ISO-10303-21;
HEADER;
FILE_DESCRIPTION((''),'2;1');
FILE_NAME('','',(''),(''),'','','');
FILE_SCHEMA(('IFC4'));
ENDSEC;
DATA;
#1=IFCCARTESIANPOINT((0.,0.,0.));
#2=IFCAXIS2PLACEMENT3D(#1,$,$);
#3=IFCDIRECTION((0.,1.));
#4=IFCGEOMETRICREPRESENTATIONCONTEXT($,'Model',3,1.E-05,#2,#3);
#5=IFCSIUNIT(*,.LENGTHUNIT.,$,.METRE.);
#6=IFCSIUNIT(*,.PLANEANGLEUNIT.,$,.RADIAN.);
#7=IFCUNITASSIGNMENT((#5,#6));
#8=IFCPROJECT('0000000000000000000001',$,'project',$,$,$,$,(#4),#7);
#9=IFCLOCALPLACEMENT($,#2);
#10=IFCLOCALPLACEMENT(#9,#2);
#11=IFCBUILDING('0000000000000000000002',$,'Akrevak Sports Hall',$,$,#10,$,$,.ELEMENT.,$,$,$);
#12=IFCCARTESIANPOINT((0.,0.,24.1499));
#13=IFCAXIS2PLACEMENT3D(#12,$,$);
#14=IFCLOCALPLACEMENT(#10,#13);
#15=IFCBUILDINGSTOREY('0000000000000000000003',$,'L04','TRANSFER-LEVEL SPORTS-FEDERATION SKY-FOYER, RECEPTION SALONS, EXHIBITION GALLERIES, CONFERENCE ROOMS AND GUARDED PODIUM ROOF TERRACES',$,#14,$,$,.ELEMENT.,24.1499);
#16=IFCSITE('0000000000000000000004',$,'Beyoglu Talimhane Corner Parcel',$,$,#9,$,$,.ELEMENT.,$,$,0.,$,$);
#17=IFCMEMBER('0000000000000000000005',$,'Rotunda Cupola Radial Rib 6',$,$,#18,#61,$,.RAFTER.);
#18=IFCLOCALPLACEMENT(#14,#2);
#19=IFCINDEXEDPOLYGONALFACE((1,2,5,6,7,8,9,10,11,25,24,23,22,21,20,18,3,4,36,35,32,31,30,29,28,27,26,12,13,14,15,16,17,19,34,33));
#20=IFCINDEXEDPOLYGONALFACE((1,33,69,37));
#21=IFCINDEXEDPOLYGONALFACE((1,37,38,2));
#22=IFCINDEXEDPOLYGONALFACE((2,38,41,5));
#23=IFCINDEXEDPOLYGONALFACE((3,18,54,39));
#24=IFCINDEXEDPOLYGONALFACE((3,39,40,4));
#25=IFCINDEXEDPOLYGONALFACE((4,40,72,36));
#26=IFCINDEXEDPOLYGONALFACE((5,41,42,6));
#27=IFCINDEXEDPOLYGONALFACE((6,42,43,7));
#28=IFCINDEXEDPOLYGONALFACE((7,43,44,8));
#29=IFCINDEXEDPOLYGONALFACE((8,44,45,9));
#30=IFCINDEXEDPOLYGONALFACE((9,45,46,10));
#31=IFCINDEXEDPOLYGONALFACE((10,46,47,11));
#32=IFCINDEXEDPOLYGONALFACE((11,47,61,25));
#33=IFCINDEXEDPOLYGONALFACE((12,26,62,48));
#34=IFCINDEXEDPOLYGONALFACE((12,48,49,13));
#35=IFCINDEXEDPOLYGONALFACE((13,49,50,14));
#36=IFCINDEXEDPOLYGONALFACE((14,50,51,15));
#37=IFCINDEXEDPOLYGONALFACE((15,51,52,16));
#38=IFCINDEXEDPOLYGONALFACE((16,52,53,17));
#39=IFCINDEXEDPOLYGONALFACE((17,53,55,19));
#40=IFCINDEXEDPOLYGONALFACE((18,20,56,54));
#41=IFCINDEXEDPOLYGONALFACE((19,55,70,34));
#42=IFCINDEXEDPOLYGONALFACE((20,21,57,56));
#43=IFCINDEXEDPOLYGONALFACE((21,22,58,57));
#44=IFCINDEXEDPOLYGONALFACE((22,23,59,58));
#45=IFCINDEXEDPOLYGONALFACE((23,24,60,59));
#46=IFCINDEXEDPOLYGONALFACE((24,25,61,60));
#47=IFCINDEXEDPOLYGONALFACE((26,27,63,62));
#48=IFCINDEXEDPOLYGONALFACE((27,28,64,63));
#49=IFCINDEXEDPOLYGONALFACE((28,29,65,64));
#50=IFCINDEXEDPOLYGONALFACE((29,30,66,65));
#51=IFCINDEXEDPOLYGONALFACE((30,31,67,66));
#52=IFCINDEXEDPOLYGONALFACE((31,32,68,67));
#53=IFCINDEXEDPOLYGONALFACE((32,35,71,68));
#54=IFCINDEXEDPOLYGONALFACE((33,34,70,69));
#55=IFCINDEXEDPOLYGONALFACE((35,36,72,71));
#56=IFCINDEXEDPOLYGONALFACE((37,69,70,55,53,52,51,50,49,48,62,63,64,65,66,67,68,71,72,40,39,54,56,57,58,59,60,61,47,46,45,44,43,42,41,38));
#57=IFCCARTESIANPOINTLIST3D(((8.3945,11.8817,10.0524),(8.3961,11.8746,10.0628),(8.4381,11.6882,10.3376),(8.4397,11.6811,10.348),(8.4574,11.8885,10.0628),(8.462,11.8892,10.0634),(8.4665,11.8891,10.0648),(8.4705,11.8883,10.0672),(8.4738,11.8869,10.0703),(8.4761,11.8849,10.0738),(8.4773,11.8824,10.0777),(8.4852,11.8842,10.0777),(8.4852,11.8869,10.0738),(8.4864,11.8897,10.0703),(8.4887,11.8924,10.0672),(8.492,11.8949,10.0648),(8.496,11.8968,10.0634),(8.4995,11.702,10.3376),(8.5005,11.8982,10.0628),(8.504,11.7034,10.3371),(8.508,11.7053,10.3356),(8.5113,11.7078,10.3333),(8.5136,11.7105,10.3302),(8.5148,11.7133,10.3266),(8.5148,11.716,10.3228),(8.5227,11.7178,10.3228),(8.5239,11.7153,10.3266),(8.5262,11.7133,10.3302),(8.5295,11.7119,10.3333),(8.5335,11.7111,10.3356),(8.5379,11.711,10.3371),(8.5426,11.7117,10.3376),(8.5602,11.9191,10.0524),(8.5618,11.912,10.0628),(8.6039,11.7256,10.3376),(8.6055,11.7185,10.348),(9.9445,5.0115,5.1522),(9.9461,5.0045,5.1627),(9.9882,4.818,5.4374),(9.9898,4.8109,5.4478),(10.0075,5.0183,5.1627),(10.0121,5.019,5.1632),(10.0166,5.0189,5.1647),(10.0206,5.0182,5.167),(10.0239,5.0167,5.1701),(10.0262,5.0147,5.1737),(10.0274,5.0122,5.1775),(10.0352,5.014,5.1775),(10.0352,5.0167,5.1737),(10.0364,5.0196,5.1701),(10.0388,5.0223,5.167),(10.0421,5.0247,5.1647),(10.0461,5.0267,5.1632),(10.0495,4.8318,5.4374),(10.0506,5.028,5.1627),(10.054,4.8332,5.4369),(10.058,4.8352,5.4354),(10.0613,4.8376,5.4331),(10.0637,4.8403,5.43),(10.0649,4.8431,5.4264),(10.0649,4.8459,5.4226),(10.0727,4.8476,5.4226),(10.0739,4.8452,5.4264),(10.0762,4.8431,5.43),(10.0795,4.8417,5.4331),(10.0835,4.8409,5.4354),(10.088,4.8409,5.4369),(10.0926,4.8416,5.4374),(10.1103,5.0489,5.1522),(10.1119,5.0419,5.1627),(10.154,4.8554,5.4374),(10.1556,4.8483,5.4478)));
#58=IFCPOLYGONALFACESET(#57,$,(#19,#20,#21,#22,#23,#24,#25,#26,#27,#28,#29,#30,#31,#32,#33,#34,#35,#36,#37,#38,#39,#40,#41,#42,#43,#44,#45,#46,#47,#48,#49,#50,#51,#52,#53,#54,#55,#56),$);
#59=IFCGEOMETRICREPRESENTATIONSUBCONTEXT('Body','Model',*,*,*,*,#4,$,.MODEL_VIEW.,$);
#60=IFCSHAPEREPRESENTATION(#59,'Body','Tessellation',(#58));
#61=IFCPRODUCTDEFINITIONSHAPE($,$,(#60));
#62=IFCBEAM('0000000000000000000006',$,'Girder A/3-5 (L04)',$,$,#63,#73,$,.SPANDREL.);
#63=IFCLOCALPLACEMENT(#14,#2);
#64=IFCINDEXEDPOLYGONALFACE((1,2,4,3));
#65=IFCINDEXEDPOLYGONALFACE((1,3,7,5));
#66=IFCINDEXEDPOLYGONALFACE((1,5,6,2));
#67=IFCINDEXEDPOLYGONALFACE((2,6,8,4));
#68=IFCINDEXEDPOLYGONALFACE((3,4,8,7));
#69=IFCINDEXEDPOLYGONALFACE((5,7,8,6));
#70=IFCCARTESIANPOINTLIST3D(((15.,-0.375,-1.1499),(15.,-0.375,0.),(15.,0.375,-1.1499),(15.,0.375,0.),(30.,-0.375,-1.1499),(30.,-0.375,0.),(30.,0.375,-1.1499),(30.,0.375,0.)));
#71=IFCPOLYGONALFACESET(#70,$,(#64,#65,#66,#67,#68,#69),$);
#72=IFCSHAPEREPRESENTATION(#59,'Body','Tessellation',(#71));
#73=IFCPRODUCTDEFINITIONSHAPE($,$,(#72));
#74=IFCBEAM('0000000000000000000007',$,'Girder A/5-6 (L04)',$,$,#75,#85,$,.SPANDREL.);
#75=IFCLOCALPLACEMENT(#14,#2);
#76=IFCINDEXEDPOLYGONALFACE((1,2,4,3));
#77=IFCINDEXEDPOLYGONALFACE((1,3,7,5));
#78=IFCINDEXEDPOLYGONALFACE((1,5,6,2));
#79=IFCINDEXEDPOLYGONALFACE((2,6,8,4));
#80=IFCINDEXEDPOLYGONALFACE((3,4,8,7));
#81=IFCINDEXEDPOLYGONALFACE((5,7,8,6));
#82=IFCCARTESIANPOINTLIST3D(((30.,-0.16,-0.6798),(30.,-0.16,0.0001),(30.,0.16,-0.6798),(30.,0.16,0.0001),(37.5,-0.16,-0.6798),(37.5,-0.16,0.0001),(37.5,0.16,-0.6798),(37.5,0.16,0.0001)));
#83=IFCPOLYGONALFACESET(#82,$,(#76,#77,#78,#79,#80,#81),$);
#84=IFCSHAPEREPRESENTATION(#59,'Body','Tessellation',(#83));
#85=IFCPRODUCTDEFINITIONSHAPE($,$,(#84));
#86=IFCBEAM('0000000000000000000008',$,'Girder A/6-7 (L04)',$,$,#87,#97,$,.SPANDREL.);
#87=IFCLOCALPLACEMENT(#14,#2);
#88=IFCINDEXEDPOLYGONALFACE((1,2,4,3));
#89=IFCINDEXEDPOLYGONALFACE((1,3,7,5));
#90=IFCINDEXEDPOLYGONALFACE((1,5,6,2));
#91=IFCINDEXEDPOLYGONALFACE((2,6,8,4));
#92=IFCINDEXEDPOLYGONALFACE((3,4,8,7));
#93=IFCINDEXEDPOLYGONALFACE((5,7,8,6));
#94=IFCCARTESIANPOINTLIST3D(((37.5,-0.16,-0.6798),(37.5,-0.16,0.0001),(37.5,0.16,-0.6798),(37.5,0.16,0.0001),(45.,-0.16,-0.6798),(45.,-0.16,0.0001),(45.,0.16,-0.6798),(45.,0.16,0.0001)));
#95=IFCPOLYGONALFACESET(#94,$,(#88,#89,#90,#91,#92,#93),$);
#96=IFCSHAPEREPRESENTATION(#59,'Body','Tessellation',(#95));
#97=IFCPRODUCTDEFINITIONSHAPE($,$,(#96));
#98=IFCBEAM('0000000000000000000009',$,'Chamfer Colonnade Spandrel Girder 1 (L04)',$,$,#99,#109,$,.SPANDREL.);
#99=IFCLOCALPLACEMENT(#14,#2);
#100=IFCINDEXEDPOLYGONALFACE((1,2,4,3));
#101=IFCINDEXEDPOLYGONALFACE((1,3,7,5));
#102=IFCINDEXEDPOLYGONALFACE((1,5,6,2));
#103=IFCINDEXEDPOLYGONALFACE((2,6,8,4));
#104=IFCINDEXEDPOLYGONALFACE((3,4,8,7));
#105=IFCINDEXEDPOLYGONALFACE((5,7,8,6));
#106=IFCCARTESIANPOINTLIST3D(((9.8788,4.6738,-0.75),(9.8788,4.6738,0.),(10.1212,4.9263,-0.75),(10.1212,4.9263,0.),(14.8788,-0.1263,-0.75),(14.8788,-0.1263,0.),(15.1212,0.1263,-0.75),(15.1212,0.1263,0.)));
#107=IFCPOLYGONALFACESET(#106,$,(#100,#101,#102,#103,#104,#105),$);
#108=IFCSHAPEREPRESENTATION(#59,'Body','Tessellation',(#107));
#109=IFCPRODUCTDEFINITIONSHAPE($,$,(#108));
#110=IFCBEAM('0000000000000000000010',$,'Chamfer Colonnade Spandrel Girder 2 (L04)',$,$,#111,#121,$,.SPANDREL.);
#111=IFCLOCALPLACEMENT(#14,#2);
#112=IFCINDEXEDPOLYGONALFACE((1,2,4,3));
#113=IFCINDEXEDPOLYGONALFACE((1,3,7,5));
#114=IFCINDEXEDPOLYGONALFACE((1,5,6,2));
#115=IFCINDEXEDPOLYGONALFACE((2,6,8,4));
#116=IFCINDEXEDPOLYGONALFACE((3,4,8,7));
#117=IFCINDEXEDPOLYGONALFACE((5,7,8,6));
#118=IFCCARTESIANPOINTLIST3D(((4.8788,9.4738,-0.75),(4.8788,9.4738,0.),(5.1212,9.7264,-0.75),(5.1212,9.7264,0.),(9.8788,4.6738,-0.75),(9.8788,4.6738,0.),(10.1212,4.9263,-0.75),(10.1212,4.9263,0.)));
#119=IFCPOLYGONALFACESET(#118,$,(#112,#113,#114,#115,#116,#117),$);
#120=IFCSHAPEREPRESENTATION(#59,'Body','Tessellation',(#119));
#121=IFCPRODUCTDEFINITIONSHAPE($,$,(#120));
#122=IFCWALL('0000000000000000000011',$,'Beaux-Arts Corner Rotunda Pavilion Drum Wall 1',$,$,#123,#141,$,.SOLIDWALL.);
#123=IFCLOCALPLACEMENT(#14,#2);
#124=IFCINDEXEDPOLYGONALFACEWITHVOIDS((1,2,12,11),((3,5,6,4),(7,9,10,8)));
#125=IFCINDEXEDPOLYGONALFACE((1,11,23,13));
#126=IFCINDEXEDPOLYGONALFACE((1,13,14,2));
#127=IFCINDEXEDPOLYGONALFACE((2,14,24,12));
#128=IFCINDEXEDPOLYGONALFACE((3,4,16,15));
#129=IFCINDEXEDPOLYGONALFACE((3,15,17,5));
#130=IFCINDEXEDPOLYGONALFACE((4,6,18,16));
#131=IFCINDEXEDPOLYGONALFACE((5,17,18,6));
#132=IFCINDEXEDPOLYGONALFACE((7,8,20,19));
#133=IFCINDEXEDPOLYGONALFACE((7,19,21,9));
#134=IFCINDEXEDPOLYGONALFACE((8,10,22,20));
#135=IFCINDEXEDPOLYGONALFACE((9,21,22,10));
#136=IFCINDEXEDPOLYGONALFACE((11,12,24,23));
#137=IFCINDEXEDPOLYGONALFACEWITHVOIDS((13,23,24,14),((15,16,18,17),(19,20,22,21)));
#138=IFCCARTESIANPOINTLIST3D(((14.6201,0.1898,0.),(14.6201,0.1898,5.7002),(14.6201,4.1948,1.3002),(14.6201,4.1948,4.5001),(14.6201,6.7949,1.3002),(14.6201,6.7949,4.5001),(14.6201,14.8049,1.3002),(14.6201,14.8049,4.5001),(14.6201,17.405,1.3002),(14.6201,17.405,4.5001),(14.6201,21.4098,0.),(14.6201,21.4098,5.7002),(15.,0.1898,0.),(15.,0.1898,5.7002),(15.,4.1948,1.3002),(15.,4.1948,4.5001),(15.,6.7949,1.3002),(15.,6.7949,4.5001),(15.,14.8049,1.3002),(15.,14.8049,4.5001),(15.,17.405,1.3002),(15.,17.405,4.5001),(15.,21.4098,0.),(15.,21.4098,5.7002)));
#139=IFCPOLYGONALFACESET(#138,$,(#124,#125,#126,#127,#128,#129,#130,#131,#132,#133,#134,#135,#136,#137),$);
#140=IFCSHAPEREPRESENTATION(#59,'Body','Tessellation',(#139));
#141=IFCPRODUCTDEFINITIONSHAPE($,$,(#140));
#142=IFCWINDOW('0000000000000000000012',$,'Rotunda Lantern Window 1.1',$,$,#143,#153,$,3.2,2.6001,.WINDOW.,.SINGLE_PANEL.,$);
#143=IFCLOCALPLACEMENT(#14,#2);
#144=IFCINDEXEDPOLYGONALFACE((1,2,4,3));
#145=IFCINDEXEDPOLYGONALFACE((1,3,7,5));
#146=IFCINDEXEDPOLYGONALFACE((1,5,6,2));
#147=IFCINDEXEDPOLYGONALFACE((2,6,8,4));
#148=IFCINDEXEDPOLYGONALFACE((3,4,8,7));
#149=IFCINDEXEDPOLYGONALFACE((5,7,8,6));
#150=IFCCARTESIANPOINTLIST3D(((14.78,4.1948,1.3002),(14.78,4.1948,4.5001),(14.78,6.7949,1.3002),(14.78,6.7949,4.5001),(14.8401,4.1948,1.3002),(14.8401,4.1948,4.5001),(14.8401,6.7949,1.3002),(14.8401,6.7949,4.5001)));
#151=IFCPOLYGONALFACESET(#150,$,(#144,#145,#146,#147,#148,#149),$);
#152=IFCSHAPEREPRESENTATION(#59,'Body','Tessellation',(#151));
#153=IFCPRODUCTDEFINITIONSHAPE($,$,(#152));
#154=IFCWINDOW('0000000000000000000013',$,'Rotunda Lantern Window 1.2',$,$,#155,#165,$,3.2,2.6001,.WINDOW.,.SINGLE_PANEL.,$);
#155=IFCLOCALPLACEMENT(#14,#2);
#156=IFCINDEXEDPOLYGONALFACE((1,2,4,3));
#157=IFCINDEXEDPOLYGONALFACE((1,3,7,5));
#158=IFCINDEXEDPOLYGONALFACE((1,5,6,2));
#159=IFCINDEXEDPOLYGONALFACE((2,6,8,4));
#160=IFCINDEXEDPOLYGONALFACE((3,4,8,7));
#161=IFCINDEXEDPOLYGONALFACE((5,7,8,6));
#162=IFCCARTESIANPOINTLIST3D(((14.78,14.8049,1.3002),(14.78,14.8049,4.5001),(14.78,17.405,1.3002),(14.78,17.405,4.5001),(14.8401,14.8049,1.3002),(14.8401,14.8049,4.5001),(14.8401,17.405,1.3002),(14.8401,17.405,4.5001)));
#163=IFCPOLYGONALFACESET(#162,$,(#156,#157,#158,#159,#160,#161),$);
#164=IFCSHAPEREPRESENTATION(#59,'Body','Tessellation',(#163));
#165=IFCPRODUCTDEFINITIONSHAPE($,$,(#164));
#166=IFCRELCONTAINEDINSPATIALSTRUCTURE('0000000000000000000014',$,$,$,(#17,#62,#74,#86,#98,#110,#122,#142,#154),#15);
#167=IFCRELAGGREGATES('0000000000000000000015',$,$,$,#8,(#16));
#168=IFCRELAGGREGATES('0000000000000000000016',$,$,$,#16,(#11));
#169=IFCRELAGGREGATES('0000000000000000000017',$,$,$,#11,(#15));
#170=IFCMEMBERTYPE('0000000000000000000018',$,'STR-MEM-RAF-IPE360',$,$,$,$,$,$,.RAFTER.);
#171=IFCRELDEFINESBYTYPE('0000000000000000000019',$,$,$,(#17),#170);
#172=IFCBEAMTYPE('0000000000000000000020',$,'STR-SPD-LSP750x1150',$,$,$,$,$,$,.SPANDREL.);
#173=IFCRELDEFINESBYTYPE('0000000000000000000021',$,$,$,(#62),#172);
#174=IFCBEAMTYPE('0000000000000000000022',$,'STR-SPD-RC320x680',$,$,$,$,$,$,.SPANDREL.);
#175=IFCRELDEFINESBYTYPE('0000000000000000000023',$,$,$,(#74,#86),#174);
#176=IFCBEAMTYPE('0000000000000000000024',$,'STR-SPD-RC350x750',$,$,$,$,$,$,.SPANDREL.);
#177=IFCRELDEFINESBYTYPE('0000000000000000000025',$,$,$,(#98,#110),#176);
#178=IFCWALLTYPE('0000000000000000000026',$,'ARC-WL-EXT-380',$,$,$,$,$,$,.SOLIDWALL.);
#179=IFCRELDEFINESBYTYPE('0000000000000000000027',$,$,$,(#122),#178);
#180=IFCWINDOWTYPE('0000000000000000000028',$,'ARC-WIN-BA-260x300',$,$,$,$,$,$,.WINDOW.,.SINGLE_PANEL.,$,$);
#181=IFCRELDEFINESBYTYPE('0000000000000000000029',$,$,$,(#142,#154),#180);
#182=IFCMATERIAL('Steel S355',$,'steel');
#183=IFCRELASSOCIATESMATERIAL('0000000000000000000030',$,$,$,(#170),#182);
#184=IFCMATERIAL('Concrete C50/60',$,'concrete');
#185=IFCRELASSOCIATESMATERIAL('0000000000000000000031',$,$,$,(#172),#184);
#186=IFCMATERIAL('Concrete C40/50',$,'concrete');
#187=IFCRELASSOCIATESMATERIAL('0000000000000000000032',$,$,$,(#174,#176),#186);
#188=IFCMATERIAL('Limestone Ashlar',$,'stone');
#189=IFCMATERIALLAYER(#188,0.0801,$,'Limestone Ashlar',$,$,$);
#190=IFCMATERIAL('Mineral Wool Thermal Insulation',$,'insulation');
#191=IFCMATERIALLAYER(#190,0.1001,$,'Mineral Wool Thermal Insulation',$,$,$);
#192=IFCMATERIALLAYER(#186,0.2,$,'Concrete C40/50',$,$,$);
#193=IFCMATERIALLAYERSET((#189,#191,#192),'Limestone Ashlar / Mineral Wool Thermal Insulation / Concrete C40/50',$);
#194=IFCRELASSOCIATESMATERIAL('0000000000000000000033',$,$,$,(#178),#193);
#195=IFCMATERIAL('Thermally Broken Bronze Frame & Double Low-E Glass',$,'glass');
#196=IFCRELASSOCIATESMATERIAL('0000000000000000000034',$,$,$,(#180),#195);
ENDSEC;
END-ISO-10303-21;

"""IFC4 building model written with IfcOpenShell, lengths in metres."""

from ifc_helpers import new_model, si_unit, direction, frame, frame_2d, origin, origin_2d, place, context, subcontext, project, spatial, rectangle, i_section, extrude, material, layer, layer_set, material_profile, profile_set, type_object, element, fill, save


model = new_model("IFC4")

# Units and contexts
model_context = context("Model", 3, precision=1e-05, world=origin(), true_north=direction((0.0, 1.0)))
body_context = subcontext(model_context, "Body", "Model", "MODEL_VIEW")
ifc_project = project(units=[si_unit("LENGTHUNIT", "METRE"), si_unit("PLANEANGLEUNIT", "RADIAN")], contexts=[model_context])

# Site, building, storey
site_placement = place(None, origin())
site = spatial("IfcSite", under=ifc_project, at=site_placement, Name="Beyoglu Talimhane Corner Parcel", CompositionType="ELEMENT", RefElevation=0.0)
building_placement = place(site_placement, origin())
building = spatial("IfcBuilding", under=site, at=building_placement, Name="Akrevak Sports Hall", CompositionType="ELEMENT")
storey_placement = place(building_placement, frame((0.0, 0.0, 24.1499)))
storey = spatial("IfcBuildingStorey", under=building, at=storey_placement, Name="L04", Description="TRANSFER-LEVEL SPORTS-FEDERATION SKY-FOYER, RECEPTION SALONS, EXHIBITION GALLERIES, CONFERENCE ROOMS AND GUARDED PODIUM ROOF TERRACES", CompositionType="ELEMENT", Elevation=24.1499)

# Shared definitions
ifc_material_1 = material(Name="Concrete C50/60", Category="concrete")

# Member
ifc_material_2 = material(Name="Steel S355", Category="steel")
ifc_material_profile_1 = material_profile(ifc_material_2, i_section(OverallWidth=0.1699, OverallDepth=0.3601, WebThickness=0.0081, FlangeThickness=0.0127, FilletRadius=0.0181, at=origin_2d()), Name="IPE 360", Category="steel")
ifc_profile_set_1 = profile_set([ifc_material_profile_1], Name="Steel S355")
member_type_1 = type_object("IfcMemberType", Name="STR-MEM-RAF-IPE360", PredefinedType="RAFTER", material=ifc_profile_set_1)
member_1_placement = place(storey_placement, frame((10.05, 4.9299, 5.3), z_axis=(-0.180663, 0.800734, 0.571127), x_axis=(-0.97548, -0.22009, 0.0)))
element("IfcMember", 1, at=member_1_placement, inside=storey, type_object=member_type_1, Name="Rotunda Cupola Radial Rib 6", PredefinedType="RAFTER", context=body_context, shape_type="SweptSolid", body=[
    extrude(i_section(OverallWidth=0.1699, OverallDepth=0.3601, WebThickness=0.0081, FlangeThickness=0.0127, FilletRadius=0.0181, at=origin_2d()), origin(), (0.0, 0.0, 1.0), 8.5798),
])

# Beams
ifc_material_profile_2 = material_profile(ifc_material_1, rectangle(XDim=0.75, YDim=1.1499, at=origin_2d()), Name="SPD 750x1150", Category="concrete")
ifc_profile_set_2 = profile_set([ifc_material_profile_2], Name="Concrete C50/60")
beam_type_1 = type_object("IfcBeamType", Name="STR-SPD-LSP750x1150", PredefinedType="SPANDREL", material=ifc_profile_set_2)
beam_1_placement = place(storey_placement, frame((15.0, 0.0, -0.575), z_axis=(1.0, 0.0, 0.0), x_axis=(0.0, 1.0, 0.0)))
element("IfcBeam", 2, at=beam_1_placement, inside=storey, type_object=beam_type_1, Name="Girder A/3-5 (L04)", PredefinedType="SPANDREL", context=body_context, shape_type="SweptSolid", body=[
    extrude(rectangle(XDim=0.75, YDim=1.1499, at=origin_2d()), origin(), (0.0, 0.0, 1.0), 15.0),
])
ifc_material_3 = material(Name="Concrete C40/50", Category="concrete")
ifc_material_profile_3 = material_profile(ifc_material_3, rectangle(XDim=0.3201, YDim=0.6799, at=origin_2d()), Name="SPD 320x680", Category="concrete")
ifc_profile_set_3 = profile_set([ifc_material_profile_3], Name="Concrete C40/50")
beam_type_2 = type_object("IfcBeamType", Name="STR-SPD-RC320x680", PredefinedType="SPANDREL", material=ifc_profile_set_3)
for number, where, z_axis, x_axis, name in (
    (3, (30.0, 0.0, -0.3398), (1.0, 0.0, 0.0), (0.0, 1.0, 0.0), "Girder A/5-6 (L04)"),
    (4, (37.5, 0.0, -0.3398), (1.0, 0.0, 0.0), (0.0, 1.0, 0.0), "Girder A/6-7 (L04)"),
):
    element("IfcBeam", number, at=place(storey_placement, frame(where, z_axis=z_axis, x_axis=x_axis)), inside=storey, type_object=beam_type_2, Name=name, PredefinedType="SPANDREL", context=body_context, shape_type="SweptSolid", body=[
        extrude(rectangle(XDim=0.3201, YDim=0.6799, at=origin_2d()), origin(), (0.0, 0.0, 1.0), 7.5),
    ])
ifc_material_profile_4 = material_profile(ifc_material_3, rectangle(XDim=0.3501, YDim=0.75, at=origin_2d()), Name="SPD 350x750", Category="concrete")
ifc_profile_set_4 = profile_set([ifc_material_profile_4], Name="Concrete C40/50")
beam_type_3 = type_object("IfcBeamType", Name="STR-SPD-RC350x750", PredefinedType="SPANDREL", material=ifc_profile_set_4)
for number, where, z_axis, x_axis, name in (
    (5, (15.0, 0.0, -0.375), (-0.721384, 0.692535, 0.0), (-0.692535, -0.721384, 0.0), "Chamfer Colonnade Spandrel Girder 1 (L04)"),
    (6, (10.0, 4.8, -0.375), (-0.721384, 0.692535, 0.0), (-0.692535, -0.721384, 0.0), "Chamfer Colonnade Spandrel Girder 2 (L04)"),
):
    element("IfcBeam", number, at=place(storey_placement, frame(where, z_axis=z_axis, x_axis=x_axis)), inside=storey, type_object=beam_type_3, Name=name, PredefinedType="SPANDREL", context=body_context, shape_type="SweptSolid", body=[
        extrude(rectangle(XDim=0.3501, YDim=0.75, at=origin_2d()), origin(), (0.0, 0.0, 1.0), 6.9312),
    ])

# Wall, openings, windows
ifc_material_4 = material(Name="Limestone Ashlar", Category="stone")
ifc_layer_1 = layer(ifc_material_4, 0.0801, Name="Limestone Ashlar")
ifc_material_5 = material(Name="Mineral Wool Thermal Insulation", Category="insulation")
ifc_layer_2 = layer(ifc_material_5, 0.1001, Name="Mineral Wool Thermal Insulation")
ifc_layer_3 = layer(ifc_material_3, 0.2, Name="Concrete C40/50")
ifc_layer_set_1 = layer_set([ifc_layer_1, ifc_layer_2, ifc_layer_3], Name="Limestone Ashlar / Mineral Wool Thermal Insulation / Concrete C40/50")
wall_type_1 = type_object("IfcWallType", Name="ARC-WL-EXT-380", PredefinedType="SOLIDWALL", material=ifc_layer_set_1)
wall_1_placement = place(storey_placement, frame((14.8101, 0.1899, 0.0), z_axis=(0.0, 0.0, 1.0), x_axis=(0.0, 1.0, 0.0)))
wall_1 = element("IfcWall", 7, at=wall_1_placement, inside=storey, type_object=wall_type_1, Name="Beaux-Arts Corner Rotunda Pavilion Drum Wall 1", PredefinedType="SOLIDWALL", context=body_context, shape_type="SweptSolid", body=[
    extrude(rectangle(XDim=21.22, YDim=0.3799, at=frame_2d((10.6099, 0.0))), origin(), (0.0, 0.0, 1.0), 5.7002),
])
opening_1_placement = place(wall_1_placement, frame((4.0049, 0.0, 1.3)))
opening_1 = element("IfcOpeningElement", 8, at=opening_1_placement, cuts=wall_1, PredefinedType="OPENING", context=body_context, shape_type="SweptSolid", body=[
    extrude(rectangle(XDim=2.6001, YDim=3.2, at=frame_2d((1.3, 1.6001))), frame((0.0, 0.2019, 0.0), z_axis=(0.0, -1.0, 0.0), x_axis=(1.0, 0.0, 0.0)), (0.0, 0.0, 1.0), 0.4038),
])
opening_2_placement = place(wall_1_placement, frame((14.615, 0.0, 1.3)))
opening_2 = element("IfcOpeningElement", 9, at=opening_2_placement, cuts=wall_1, PredefinedType="OPENING", context=body_context, shape_type="SweptSolid", body=[
    extrude(rectangle(XDim=2.6001, YDim=3.2, at=frame_2d((1.3, 1.6001))), frame((0.0, 0.2019, 0.0), z_axis=(0.0, -1.0, 0.0), x_axis=(1.0, 0.0, 0.0)), (0.0, 0.0, 1.0), 0.4038),
])
ifc_material_6 = material(Name="Thermally Broken Bronze Frame & Double Low-E Glass", Category="glass")
window_type = type_object("IfcWindowType", Name="ARC-WIN-BA-260x300", PartitioningType="SINGLE_PANEL", PredefinedType="WINDOW", material=ifc_material_6)
window_1_placement = place(opening_1_placement, origin())
window_1 = element("IfcWindow", 10, at=window_1_placement, inside=storey, type_object=window_type, Name="Rotunda Lantern Window 1.1", OverallHeight=3.2, OverallWidth=2.6001, PartitioningType="SINGLE_PANEL", PredefinedType="WINDOW", context=body_context, shape_type="SweptSolid", body=[
    extrude(rectangle(XDim=2.6001, YDim=3.2, at=frame_2d((1.3, 1.6001))), frame((0.0, 0.03, 0.0), z_axis=(0.0, -1.0, 0.0), x_axis=(1.0, 0.0, 0.0)), (0.0, 0.0, 1.0), 0.0601),
])
fill(opening_1, window_1)
window_2_placement = place(opening_2_placement, origin())
window_2 = element("IfcWindow", 11, at=window_2_placement, inside=storey, type_object=window_type, Name="Rotunda Lantern Window 1.2", OverallHeight=3.2, OverallWidth=2.6001, PartitioningType="SINGLE_PANEL", PredefinedType="WINDOW", context=body_context, shape_type="SweptSolid", body=[
    extrude(rectangle(XDim=2.6001, YDim=3.2, at=frame_2d((1.3, 1.6001))), frame((0.0, 0.03, 0.0), z_axis=(0.0, -1.0, 0.0), x_axis=(1.0, 0.0, 0.0)), (0.0, 0.0, 1.0), 0.0601),
])
fill(opening_2, window_2)

save(model, "model.ifc")
